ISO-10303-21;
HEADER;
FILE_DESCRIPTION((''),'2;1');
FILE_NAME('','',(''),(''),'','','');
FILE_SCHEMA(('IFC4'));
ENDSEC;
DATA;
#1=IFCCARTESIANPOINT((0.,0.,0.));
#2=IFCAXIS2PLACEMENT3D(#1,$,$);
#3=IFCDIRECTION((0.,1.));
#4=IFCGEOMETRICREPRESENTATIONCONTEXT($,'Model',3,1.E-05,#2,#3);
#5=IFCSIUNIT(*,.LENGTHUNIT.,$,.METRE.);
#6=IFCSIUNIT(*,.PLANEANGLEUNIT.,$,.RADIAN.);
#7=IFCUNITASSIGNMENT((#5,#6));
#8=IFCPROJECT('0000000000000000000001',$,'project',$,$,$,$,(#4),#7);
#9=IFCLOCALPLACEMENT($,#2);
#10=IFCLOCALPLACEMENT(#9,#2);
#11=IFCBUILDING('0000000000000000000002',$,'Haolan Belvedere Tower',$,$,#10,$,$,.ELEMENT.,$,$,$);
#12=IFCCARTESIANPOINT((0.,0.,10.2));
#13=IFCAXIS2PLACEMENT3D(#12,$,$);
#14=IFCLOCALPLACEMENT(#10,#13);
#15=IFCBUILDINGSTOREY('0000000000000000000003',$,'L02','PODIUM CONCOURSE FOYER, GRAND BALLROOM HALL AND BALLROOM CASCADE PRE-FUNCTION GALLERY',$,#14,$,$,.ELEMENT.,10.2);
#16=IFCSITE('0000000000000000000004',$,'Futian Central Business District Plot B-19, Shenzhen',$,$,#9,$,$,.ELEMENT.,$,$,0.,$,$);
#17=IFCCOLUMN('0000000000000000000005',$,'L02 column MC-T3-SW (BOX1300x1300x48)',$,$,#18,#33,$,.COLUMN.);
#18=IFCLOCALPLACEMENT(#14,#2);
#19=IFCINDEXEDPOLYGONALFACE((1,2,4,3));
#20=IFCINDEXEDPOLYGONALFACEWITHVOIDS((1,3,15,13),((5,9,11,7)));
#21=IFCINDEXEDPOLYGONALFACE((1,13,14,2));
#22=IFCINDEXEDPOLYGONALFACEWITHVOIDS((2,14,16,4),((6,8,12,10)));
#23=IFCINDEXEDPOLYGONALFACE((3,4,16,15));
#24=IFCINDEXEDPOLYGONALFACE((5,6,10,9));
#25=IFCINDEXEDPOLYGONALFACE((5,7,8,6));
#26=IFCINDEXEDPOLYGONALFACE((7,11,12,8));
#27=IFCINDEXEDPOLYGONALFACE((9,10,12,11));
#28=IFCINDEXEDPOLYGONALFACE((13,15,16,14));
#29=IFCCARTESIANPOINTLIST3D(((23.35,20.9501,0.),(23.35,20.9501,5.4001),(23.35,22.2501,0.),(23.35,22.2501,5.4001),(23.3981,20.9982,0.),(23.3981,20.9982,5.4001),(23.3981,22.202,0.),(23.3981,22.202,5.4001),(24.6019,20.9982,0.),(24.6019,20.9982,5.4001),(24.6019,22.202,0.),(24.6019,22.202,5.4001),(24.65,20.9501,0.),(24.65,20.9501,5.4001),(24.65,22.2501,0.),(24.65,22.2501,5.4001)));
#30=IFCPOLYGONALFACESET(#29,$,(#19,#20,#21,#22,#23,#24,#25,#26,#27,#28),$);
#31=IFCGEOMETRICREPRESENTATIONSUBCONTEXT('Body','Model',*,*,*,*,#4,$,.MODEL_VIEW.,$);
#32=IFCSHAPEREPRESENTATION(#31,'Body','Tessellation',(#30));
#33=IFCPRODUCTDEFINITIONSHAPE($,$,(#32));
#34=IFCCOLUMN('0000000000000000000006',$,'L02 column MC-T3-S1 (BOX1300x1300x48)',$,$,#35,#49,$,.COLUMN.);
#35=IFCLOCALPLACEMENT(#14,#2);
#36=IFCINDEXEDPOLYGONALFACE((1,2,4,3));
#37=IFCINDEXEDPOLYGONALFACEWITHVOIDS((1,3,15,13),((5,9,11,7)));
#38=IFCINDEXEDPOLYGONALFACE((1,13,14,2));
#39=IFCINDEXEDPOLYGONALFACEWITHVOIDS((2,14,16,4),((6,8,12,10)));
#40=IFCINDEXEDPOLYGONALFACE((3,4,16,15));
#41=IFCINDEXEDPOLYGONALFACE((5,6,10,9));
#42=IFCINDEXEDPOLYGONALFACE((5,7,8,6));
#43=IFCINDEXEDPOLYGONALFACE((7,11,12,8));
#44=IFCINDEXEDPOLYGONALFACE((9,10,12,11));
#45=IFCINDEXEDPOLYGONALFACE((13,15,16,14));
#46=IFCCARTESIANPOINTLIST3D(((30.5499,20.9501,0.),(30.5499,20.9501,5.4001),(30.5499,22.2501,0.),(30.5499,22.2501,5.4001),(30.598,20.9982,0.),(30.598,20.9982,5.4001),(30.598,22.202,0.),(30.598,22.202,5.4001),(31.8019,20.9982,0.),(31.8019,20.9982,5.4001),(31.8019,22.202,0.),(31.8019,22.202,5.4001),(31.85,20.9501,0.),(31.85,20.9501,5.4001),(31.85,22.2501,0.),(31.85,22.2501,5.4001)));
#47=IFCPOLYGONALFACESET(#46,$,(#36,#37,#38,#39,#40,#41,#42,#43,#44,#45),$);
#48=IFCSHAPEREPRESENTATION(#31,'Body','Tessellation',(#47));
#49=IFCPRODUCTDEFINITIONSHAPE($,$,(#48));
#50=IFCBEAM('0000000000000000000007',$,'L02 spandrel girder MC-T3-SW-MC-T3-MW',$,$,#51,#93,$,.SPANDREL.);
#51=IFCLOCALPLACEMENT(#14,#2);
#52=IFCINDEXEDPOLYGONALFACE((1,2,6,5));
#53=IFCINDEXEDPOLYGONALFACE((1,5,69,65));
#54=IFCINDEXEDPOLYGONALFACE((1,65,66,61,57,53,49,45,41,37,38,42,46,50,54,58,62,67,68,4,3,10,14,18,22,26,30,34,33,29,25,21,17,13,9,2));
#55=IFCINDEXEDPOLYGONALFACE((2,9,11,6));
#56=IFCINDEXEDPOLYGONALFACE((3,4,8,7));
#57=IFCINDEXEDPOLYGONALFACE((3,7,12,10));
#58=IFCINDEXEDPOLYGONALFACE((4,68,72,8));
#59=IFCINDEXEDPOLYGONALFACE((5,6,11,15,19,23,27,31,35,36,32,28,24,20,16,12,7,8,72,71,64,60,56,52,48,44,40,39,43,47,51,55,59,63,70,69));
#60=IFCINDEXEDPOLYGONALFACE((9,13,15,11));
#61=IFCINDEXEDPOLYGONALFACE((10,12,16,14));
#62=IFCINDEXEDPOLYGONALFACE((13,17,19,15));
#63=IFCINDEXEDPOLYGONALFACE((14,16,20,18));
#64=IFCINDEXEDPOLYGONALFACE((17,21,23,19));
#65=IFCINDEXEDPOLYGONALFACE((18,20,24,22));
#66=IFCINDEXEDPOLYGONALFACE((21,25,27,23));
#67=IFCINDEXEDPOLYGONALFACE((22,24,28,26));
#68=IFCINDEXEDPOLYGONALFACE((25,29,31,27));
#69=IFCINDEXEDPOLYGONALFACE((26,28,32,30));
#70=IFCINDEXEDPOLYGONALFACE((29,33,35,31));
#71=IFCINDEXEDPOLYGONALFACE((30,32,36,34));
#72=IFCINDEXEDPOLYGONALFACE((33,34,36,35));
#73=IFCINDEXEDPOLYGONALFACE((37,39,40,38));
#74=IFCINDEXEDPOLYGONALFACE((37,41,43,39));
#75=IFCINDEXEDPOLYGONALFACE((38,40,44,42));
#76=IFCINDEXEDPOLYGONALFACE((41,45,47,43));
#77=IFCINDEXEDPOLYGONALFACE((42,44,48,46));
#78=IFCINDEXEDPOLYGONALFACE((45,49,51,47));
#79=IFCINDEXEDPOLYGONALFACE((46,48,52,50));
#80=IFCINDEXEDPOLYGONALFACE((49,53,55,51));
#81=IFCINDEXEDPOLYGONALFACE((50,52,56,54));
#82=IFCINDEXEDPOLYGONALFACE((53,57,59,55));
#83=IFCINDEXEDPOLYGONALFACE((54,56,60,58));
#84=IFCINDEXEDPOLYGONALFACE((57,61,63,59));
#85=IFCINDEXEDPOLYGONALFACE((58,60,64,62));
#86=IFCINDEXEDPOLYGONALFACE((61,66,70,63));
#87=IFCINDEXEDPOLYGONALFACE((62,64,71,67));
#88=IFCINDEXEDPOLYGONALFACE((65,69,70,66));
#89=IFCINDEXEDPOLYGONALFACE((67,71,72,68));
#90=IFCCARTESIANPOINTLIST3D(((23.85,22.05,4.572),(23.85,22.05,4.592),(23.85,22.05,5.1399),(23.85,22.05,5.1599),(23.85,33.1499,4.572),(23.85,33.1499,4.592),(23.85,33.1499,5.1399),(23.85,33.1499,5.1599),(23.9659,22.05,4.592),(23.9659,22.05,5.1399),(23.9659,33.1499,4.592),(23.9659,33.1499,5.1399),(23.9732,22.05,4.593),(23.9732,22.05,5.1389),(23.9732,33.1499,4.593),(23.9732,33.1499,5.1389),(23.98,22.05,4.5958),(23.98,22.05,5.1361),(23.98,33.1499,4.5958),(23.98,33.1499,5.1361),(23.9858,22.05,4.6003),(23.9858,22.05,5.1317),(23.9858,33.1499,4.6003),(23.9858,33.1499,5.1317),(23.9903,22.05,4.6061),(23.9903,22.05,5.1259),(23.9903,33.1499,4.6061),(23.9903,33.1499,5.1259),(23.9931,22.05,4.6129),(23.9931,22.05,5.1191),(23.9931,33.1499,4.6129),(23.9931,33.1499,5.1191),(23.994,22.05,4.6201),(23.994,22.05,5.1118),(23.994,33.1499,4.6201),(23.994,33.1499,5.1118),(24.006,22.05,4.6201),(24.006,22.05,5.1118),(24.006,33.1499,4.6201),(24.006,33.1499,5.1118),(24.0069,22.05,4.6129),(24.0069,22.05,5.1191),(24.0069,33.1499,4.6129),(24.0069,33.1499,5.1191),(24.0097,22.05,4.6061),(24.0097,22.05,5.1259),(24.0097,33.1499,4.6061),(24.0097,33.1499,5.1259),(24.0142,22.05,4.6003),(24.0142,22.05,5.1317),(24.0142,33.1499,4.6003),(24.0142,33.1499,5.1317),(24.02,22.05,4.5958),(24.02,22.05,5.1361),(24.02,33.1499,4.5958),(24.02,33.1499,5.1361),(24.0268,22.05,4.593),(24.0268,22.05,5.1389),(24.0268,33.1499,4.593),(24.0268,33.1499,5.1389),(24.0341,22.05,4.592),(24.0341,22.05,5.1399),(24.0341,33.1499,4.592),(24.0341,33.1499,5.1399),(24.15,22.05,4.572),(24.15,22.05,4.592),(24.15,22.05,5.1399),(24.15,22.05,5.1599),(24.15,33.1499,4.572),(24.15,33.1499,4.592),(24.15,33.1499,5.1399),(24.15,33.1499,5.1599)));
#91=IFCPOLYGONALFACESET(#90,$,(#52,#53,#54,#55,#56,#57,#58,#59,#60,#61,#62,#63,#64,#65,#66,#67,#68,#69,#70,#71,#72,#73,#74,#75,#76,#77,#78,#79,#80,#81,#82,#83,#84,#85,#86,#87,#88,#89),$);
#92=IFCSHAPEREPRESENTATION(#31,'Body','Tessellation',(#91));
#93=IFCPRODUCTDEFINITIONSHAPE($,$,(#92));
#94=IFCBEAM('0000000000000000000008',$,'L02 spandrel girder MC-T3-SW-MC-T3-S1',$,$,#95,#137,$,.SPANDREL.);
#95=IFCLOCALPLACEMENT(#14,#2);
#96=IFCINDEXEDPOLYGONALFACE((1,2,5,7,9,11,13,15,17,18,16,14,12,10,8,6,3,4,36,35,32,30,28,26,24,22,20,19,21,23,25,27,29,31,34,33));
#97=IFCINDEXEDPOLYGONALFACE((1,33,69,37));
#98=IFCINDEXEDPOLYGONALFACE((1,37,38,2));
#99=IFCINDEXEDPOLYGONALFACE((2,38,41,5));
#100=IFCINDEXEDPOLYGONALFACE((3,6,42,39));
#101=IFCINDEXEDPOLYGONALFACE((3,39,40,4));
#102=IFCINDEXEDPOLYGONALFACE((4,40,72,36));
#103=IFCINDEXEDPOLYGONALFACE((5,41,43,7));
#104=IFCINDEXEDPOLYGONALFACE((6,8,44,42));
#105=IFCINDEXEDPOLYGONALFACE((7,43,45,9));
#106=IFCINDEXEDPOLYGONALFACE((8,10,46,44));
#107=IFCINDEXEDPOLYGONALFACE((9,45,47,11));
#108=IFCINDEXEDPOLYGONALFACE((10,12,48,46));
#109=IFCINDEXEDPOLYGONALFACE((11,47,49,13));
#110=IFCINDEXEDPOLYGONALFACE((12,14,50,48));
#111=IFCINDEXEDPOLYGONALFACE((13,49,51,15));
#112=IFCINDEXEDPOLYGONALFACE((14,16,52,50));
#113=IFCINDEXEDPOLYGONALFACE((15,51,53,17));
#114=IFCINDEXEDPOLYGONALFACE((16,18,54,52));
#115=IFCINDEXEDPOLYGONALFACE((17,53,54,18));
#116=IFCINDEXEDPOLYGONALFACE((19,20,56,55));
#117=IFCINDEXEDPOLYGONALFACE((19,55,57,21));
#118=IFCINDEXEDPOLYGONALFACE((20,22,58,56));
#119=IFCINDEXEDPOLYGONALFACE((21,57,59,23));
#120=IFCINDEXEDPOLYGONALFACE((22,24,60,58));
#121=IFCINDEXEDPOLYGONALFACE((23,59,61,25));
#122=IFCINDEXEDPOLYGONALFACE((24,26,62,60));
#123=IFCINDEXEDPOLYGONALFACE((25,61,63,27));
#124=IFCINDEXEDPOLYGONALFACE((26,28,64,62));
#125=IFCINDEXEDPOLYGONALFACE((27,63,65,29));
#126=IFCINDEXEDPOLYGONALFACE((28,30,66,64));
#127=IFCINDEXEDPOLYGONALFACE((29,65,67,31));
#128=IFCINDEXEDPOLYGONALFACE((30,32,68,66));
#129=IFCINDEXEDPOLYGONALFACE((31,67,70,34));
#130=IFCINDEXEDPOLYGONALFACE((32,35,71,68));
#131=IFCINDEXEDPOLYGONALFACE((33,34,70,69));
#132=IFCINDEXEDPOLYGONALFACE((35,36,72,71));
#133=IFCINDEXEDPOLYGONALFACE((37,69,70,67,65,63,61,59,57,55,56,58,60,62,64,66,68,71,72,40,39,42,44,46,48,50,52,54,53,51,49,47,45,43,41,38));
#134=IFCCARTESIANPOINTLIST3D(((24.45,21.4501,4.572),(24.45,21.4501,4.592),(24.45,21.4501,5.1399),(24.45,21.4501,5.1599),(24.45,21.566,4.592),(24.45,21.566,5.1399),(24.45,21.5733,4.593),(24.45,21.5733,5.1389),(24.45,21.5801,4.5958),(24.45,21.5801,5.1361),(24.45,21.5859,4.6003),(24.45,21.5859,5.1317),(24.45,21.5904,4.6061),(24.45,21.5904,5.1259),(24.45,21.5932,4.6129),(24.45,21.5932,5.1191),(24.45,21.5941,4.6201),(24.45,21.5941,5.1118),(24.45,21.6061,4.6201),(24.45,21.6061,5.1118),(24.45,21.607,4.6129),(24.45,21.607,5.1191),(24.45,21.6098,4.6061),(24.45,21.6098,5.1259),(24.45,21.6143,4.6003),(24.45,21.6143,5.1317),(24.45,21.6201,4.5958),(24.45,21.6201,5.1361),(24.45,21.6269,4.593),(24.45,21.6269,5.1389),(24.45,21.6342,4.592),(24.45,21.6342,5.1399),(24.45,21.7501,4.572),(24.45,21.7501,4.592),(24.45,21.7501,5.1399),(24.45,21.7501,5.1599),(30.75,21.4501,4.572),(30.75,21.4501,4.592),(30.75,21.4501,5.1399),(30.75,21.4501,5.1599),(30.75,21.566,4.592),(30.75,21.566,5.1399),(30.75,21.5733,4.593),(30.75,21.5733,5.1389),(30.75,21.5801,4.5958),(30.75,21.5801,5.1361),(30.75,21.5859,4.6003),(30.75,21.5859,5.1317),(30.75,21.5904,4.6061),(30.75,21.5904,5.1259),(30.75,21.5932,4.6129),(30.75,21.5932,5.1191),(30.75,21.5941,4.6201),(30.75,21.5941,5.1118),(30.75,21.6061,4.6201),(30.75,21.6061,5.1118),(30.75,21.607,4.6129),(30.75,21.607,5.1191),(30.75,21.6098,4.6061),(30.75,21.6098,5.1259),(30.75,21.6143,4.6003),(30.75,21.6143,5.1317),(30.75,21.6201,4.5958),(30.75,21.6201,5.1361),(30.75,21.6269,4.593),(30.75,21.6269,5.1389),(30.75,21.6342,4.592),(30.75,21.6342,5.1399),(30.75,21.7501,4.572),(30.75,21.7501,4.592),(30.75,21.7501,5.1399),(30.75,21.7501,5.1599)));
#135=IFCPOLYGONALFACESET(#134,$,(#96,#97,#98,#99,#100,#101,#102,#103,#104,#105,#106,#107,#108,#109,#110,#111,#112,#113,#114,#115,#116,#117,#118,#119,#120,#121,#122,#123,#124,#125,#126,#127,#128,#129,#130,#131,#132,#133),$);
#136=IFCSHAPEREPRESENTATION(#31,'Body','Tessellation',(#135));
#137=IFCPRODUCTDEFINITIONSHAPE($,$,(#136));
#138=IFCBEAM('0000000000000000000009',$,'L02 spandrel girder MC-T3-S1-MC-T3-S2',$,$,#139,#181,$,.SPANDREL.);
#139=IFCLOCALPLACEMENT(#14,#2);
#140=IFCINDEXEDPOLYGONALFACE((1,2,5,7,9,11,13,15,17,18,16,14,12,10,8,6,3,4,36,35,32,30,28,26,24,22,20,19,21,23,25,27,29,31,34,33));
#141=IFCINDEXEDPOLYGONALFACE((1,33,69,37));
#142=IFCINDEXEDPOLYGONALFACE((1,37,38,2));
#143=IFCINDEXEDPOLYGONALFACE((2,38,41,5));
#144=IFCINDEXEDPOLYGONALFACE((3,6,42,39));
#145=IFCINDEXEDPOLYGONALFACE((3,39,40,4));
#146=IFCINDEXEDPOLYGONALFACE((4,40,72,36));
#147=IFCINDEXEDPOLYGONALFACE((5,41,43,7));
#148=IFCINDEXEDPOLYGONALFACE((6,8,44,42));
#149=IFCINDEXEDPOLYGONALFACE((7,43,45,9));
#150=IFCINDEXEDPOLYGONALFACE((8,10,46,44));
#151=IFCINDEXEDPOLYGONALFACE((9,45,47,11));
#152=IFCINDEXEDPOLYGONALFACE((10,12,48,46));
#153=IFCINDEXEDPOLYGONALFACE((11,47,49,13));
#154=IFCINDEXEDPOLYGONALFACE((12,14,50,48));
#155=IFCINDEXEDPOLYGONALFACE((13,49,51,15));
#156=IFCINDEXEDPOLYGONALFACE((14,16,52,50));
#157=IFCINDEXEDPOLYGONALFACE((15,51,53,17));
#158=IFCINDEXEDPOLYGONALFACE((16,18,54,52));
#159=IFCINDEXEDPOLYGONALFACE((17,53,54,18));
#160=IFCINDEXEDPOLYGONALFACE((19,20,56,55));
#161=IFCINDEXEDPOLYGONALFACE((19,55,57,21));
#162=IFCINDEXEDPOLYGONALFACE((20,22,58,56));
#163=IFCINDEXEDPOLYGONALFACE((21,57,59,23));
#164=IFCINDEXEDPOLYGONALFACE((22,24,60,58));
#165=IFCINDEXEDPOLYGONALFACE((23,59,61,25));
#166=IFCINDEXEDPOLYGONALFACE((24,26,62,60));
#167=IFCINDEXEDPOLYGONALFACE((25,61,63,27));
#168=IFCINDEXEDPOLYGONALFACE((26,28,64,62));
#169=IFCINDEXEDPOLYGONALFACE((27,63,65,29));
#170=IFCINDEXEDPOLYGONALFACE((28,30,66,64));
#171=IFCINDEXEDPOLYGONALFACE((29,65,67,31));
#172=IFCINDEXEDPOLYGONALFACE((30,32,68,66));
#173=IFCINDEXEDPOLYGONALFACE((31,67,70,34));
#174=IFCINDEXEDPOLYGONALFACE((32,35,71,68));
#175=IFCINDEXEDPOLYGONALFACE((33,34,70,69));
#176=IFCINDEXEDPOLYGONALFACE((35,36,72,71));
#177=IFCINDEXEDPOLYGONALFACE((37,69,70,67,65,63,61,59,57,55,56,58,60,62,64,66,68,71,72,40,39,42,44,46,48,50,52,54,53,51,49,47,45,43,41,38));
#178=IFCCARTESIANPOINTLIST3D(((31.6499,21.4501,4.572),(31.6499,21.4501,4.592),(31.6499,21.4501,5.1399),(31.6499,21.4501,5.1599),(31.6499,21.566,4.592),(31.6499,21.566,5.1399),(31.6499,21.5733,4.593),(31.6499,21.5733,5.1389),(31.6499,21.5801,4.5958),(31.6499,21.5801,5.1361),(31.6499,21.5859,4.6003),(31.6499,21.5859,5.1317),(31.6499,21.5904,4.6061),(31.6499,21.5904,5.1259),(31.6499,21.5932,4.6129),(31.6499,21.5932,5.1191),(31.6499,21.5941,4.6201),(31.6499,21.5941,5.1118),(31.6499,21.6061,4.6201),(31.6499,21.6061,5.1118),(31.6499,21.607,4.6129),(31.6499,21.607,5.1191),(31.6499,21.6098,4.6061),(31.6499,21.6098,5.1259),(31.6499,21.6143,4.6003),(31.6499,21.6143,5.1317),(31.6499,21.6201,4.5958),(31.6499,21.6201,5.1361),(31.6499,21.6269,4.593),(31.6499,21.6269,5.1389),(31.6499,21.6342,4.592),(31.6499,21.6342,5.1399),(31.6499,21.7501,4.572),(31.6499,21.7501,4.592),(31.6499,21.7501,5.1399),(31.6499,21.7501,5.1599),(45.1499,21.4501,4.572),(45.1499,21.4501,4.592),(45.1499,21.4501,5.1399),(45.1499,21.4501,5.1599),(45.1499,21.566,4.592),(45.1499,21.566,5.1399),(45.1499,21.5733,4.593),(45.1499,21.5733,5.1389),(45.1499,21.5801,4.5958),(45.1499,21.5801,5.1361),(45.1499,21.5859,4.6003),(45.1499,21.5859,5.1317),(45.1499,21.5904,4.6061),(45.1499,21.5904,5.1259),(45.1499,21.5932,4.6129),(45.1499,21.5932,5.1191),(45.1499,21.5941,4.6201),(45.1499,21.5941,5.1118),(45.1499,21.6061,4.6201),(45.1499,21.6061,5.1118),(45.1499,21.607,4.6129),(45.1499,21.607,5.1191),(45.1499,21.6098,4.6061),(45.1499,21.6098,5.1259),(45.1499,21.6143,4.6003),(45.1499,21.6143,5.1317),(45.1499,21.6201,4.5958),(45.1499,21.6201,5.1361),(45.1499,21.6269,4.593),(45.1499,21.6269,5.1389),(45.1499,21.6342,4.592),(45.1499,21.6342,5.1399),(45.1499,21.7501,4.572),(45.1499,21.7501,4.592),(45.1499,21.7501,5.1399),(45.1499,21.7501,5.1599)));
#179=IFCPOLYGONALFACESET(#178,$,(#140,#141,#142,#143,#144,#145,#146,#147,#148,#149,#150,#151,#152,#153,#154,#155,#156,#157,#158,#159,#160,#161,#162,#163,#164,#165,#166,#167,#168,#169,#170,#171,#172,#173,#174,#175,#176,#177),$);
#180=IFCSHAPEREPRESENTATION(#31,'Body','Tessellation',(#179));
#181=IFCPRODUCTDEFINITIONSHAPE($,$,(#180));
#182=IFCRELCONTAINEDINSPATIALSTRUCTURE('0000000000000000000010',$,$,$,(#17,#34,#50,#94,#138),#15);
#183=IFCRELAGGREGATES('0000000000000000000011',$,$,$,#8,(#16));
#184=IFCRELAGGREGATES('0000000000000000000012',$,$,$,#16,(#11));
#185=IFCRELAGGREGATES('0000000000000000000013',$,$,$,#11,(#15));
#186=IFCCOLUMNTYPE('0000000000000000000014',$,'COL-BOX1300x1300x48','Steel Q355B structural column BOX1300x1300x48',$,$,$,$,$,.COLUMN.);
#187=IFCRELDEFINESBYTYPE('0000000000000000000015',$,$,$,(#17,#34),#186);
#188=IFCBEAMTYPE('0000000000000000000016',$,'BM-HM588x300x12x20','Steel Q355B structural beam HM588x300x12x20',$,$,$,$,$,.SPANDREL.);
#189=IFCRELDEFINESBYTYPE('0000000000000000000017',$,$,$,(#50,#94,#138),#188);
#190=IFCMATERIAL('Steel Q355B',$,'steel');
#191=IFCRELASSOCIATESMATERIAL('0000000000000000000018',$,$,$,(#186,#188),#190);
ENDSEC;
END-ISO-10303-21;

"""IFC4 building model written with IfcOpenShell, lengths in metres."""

from ifc_helpers import new_model, si_unit, direction, frame, origin, origin_2d, place, context, subcontext, project, spatial, hollow_rectangle, i_section, extrude, material, material_profile, profile_set, type_object, element, save


model = new_model("IFC4")

# Units and contexts
model_context = context("Model", 3, precision=1e-05, world=origin(), true_north=direction((0.0, 1.0)))
body_context = subcontext(model_context, "Body", "Model", "MODEL_VIEW")
ifc_project = project(units=[si_unit("LENGTHUNIT", "METRE"), si_unit("PLANEANGLEUNIT", "RADIAN")], contexts=[model_context])

# Site, building, storey
site_placement = place(None, origin())
site = spatial("IfcSite", under=ifc_project, at=site_placement, Name="Futian Central Business District Plot B-19, Shenzhen", CompositionType="ELEMENT", RefElevation=0.0)
building_placement = place(site_placement, origin())
building = spatial("IfcBuilding", under=site, at=building_placement, Name="Haolan Belvedere Tower", CompositionType="ELEMENT")
storey_placement = place(building_placement, frame((0.0, 0.0, 10.2)))
storey = spatial("IfcBuildingStorey", under=building, at=storey_placement, Name="L02", Description="PODIUM CONCOURSE FOYER, GRAND BALLROOM HALL AND BALLROOM CASCADE PRE-FUNCTION GALLERY", CompositionType="ELEMENT", Elevation=10.2)

# Columns
ifc_material_1 = material(Name="Steel Q355B", Category="steel")
ifc_material_profile_1 = material_profile(ifc_material_1, hollow_rectangle(XDim=1.3, YDim=1.3, WallThickness=0.0481, at=origin_2d()), Name="Steel Q355B")
ifc_profile_set_1 = profile_set([ifc_material_profile_1], Name="Steel Q355B")
column_type = type_object("IfcColumnType", Name="COL-BOX1300x1300x48", Description="Steel Q355B structural column BOX1300x1300x48", PredefinedType="COLUMN", material=ifc_profile_set_1)
for number, where, z_axis, x_axis, name in (
    (1, (24.0, 21.6001, 0.0), (0.0, 0.0, 1.0), (1.0, 0.0, 0.0), "L02 column MC-T3-SW (BOX1300x1300x48)"),
    (2, (31.2, 21.6001, 0.0), (0.0, 0.0, 1.0), (1.0, 0.0, 0.0), "L02 column MC-T3-S1 (BOX1300x1300x48)"),
):
    element("IfcColumn", number, at=place(storey_placement, frame(where, z_axis=z_axis, x_axis=x_axis)), inside=storey, type_object=column_type, Name=name, PredefinedType="COLUMN", context=body_context, shape_type="SweptSolid", body=[
        extrude(hollow_rectangle(XDim=1.3, YDim=1.3, WallThickness=0.0481, at=origin_2d()), origin(), (0.0, 0.0, 1.0), 5.4001),
    ])

# Beams
ifc_material_profile_2 = material_profile(ifc_material_1, i_section(OverallWidth=0.3, OverallDepth=0.5879, WebThickness=0.012, FlangeThickness=0.02, FilletRadius=0.0281, at=origin_2d()), Name="Steel Q355B")
ifc_profile_set_2 = profile_set([ifc_material_profile_2], Name="Steel Q355B")
beam_type_1 = type_object("IfcBeamType", Name="BM-HM588x300x12x20", Description="Steel Q355B structural beam HM588x300x12x20", PredefinedType="SPANDREL", material=ifc_profile_set_2)
beam_1_placement = place(storey_placement, frame((24.0, 22.05, 4.866), z_axis=(0.0, 1.0, 0.0), x_axis=(-1.0, 0.0, 0.0)))
element("IfcBeam", 3, at=beam_1_placement, inside=storey, type_object=beam_type_1, Name="L02 spandrel girder MC-T3-SW-MC-T3-MW", PredefinedType="SPANDREL", context=body_context, shape_type="SweptSolid", body=[
    extrude(i_section(OverallWidth=0.3, OverallDepth=0.5879, WebThickness=0.012, FlangeThickness=0.02, FilletRadius=0.0281, at=origin_2d()), origin(), (0.0, 0.0, 1.0), 11.0999),
])
beam_2_placement = place(storey_placement, frame((24.45, 21.6001, 4.866), z_axis=(1.0, 0.0, 0.0), x_axis=(0.0, 1.0, 0.0)))
element("IfcBeam", 4, at=beam_2_placement, inside=storey, type_object=beam_type_1, Name="L02 spandrel girder MC-T3-SW-MC-T3-S1", PredefinedType="SPANDREL", context=body_context, shape_type="SweptSolid", body=[
    extrude(i_section(OverallWidth=0.3, OverallDepth=0.5879, WebThickness=0.012, FlangeThickness=0.02, FilletRadius=0.0281, at=origin_2d()), origin(), (0.0, 0.0, 1.0), 6.3),
])
beam_3_placement = place(storey_placement, frame((31.6499, 21.6001, 4.866), z_axis=(1.0, 0.0, 0.0), x_axis=(0.0, 1.0, 0.0)))
element("IfcBeam", 5, at=beam_3_placement, inside=storey, type_object=beam_type_1, Name="L02 spandrel girder MC-T3-S1-MC-T3-S2", PredefinedType="SPANDREL", context=body_context, shape_type="SweptSolid", body=[
    extrude(i_section(OverallWidth=0.3, OverallDepth=0.5879, WebThickness=0.012, FlangeThickness=0.02, FilletRadius=0.0281, at=origin_2d()), origin(), (0.0, 0.0, 1.0), 13.5),
])

save(model, "model.ifc")
